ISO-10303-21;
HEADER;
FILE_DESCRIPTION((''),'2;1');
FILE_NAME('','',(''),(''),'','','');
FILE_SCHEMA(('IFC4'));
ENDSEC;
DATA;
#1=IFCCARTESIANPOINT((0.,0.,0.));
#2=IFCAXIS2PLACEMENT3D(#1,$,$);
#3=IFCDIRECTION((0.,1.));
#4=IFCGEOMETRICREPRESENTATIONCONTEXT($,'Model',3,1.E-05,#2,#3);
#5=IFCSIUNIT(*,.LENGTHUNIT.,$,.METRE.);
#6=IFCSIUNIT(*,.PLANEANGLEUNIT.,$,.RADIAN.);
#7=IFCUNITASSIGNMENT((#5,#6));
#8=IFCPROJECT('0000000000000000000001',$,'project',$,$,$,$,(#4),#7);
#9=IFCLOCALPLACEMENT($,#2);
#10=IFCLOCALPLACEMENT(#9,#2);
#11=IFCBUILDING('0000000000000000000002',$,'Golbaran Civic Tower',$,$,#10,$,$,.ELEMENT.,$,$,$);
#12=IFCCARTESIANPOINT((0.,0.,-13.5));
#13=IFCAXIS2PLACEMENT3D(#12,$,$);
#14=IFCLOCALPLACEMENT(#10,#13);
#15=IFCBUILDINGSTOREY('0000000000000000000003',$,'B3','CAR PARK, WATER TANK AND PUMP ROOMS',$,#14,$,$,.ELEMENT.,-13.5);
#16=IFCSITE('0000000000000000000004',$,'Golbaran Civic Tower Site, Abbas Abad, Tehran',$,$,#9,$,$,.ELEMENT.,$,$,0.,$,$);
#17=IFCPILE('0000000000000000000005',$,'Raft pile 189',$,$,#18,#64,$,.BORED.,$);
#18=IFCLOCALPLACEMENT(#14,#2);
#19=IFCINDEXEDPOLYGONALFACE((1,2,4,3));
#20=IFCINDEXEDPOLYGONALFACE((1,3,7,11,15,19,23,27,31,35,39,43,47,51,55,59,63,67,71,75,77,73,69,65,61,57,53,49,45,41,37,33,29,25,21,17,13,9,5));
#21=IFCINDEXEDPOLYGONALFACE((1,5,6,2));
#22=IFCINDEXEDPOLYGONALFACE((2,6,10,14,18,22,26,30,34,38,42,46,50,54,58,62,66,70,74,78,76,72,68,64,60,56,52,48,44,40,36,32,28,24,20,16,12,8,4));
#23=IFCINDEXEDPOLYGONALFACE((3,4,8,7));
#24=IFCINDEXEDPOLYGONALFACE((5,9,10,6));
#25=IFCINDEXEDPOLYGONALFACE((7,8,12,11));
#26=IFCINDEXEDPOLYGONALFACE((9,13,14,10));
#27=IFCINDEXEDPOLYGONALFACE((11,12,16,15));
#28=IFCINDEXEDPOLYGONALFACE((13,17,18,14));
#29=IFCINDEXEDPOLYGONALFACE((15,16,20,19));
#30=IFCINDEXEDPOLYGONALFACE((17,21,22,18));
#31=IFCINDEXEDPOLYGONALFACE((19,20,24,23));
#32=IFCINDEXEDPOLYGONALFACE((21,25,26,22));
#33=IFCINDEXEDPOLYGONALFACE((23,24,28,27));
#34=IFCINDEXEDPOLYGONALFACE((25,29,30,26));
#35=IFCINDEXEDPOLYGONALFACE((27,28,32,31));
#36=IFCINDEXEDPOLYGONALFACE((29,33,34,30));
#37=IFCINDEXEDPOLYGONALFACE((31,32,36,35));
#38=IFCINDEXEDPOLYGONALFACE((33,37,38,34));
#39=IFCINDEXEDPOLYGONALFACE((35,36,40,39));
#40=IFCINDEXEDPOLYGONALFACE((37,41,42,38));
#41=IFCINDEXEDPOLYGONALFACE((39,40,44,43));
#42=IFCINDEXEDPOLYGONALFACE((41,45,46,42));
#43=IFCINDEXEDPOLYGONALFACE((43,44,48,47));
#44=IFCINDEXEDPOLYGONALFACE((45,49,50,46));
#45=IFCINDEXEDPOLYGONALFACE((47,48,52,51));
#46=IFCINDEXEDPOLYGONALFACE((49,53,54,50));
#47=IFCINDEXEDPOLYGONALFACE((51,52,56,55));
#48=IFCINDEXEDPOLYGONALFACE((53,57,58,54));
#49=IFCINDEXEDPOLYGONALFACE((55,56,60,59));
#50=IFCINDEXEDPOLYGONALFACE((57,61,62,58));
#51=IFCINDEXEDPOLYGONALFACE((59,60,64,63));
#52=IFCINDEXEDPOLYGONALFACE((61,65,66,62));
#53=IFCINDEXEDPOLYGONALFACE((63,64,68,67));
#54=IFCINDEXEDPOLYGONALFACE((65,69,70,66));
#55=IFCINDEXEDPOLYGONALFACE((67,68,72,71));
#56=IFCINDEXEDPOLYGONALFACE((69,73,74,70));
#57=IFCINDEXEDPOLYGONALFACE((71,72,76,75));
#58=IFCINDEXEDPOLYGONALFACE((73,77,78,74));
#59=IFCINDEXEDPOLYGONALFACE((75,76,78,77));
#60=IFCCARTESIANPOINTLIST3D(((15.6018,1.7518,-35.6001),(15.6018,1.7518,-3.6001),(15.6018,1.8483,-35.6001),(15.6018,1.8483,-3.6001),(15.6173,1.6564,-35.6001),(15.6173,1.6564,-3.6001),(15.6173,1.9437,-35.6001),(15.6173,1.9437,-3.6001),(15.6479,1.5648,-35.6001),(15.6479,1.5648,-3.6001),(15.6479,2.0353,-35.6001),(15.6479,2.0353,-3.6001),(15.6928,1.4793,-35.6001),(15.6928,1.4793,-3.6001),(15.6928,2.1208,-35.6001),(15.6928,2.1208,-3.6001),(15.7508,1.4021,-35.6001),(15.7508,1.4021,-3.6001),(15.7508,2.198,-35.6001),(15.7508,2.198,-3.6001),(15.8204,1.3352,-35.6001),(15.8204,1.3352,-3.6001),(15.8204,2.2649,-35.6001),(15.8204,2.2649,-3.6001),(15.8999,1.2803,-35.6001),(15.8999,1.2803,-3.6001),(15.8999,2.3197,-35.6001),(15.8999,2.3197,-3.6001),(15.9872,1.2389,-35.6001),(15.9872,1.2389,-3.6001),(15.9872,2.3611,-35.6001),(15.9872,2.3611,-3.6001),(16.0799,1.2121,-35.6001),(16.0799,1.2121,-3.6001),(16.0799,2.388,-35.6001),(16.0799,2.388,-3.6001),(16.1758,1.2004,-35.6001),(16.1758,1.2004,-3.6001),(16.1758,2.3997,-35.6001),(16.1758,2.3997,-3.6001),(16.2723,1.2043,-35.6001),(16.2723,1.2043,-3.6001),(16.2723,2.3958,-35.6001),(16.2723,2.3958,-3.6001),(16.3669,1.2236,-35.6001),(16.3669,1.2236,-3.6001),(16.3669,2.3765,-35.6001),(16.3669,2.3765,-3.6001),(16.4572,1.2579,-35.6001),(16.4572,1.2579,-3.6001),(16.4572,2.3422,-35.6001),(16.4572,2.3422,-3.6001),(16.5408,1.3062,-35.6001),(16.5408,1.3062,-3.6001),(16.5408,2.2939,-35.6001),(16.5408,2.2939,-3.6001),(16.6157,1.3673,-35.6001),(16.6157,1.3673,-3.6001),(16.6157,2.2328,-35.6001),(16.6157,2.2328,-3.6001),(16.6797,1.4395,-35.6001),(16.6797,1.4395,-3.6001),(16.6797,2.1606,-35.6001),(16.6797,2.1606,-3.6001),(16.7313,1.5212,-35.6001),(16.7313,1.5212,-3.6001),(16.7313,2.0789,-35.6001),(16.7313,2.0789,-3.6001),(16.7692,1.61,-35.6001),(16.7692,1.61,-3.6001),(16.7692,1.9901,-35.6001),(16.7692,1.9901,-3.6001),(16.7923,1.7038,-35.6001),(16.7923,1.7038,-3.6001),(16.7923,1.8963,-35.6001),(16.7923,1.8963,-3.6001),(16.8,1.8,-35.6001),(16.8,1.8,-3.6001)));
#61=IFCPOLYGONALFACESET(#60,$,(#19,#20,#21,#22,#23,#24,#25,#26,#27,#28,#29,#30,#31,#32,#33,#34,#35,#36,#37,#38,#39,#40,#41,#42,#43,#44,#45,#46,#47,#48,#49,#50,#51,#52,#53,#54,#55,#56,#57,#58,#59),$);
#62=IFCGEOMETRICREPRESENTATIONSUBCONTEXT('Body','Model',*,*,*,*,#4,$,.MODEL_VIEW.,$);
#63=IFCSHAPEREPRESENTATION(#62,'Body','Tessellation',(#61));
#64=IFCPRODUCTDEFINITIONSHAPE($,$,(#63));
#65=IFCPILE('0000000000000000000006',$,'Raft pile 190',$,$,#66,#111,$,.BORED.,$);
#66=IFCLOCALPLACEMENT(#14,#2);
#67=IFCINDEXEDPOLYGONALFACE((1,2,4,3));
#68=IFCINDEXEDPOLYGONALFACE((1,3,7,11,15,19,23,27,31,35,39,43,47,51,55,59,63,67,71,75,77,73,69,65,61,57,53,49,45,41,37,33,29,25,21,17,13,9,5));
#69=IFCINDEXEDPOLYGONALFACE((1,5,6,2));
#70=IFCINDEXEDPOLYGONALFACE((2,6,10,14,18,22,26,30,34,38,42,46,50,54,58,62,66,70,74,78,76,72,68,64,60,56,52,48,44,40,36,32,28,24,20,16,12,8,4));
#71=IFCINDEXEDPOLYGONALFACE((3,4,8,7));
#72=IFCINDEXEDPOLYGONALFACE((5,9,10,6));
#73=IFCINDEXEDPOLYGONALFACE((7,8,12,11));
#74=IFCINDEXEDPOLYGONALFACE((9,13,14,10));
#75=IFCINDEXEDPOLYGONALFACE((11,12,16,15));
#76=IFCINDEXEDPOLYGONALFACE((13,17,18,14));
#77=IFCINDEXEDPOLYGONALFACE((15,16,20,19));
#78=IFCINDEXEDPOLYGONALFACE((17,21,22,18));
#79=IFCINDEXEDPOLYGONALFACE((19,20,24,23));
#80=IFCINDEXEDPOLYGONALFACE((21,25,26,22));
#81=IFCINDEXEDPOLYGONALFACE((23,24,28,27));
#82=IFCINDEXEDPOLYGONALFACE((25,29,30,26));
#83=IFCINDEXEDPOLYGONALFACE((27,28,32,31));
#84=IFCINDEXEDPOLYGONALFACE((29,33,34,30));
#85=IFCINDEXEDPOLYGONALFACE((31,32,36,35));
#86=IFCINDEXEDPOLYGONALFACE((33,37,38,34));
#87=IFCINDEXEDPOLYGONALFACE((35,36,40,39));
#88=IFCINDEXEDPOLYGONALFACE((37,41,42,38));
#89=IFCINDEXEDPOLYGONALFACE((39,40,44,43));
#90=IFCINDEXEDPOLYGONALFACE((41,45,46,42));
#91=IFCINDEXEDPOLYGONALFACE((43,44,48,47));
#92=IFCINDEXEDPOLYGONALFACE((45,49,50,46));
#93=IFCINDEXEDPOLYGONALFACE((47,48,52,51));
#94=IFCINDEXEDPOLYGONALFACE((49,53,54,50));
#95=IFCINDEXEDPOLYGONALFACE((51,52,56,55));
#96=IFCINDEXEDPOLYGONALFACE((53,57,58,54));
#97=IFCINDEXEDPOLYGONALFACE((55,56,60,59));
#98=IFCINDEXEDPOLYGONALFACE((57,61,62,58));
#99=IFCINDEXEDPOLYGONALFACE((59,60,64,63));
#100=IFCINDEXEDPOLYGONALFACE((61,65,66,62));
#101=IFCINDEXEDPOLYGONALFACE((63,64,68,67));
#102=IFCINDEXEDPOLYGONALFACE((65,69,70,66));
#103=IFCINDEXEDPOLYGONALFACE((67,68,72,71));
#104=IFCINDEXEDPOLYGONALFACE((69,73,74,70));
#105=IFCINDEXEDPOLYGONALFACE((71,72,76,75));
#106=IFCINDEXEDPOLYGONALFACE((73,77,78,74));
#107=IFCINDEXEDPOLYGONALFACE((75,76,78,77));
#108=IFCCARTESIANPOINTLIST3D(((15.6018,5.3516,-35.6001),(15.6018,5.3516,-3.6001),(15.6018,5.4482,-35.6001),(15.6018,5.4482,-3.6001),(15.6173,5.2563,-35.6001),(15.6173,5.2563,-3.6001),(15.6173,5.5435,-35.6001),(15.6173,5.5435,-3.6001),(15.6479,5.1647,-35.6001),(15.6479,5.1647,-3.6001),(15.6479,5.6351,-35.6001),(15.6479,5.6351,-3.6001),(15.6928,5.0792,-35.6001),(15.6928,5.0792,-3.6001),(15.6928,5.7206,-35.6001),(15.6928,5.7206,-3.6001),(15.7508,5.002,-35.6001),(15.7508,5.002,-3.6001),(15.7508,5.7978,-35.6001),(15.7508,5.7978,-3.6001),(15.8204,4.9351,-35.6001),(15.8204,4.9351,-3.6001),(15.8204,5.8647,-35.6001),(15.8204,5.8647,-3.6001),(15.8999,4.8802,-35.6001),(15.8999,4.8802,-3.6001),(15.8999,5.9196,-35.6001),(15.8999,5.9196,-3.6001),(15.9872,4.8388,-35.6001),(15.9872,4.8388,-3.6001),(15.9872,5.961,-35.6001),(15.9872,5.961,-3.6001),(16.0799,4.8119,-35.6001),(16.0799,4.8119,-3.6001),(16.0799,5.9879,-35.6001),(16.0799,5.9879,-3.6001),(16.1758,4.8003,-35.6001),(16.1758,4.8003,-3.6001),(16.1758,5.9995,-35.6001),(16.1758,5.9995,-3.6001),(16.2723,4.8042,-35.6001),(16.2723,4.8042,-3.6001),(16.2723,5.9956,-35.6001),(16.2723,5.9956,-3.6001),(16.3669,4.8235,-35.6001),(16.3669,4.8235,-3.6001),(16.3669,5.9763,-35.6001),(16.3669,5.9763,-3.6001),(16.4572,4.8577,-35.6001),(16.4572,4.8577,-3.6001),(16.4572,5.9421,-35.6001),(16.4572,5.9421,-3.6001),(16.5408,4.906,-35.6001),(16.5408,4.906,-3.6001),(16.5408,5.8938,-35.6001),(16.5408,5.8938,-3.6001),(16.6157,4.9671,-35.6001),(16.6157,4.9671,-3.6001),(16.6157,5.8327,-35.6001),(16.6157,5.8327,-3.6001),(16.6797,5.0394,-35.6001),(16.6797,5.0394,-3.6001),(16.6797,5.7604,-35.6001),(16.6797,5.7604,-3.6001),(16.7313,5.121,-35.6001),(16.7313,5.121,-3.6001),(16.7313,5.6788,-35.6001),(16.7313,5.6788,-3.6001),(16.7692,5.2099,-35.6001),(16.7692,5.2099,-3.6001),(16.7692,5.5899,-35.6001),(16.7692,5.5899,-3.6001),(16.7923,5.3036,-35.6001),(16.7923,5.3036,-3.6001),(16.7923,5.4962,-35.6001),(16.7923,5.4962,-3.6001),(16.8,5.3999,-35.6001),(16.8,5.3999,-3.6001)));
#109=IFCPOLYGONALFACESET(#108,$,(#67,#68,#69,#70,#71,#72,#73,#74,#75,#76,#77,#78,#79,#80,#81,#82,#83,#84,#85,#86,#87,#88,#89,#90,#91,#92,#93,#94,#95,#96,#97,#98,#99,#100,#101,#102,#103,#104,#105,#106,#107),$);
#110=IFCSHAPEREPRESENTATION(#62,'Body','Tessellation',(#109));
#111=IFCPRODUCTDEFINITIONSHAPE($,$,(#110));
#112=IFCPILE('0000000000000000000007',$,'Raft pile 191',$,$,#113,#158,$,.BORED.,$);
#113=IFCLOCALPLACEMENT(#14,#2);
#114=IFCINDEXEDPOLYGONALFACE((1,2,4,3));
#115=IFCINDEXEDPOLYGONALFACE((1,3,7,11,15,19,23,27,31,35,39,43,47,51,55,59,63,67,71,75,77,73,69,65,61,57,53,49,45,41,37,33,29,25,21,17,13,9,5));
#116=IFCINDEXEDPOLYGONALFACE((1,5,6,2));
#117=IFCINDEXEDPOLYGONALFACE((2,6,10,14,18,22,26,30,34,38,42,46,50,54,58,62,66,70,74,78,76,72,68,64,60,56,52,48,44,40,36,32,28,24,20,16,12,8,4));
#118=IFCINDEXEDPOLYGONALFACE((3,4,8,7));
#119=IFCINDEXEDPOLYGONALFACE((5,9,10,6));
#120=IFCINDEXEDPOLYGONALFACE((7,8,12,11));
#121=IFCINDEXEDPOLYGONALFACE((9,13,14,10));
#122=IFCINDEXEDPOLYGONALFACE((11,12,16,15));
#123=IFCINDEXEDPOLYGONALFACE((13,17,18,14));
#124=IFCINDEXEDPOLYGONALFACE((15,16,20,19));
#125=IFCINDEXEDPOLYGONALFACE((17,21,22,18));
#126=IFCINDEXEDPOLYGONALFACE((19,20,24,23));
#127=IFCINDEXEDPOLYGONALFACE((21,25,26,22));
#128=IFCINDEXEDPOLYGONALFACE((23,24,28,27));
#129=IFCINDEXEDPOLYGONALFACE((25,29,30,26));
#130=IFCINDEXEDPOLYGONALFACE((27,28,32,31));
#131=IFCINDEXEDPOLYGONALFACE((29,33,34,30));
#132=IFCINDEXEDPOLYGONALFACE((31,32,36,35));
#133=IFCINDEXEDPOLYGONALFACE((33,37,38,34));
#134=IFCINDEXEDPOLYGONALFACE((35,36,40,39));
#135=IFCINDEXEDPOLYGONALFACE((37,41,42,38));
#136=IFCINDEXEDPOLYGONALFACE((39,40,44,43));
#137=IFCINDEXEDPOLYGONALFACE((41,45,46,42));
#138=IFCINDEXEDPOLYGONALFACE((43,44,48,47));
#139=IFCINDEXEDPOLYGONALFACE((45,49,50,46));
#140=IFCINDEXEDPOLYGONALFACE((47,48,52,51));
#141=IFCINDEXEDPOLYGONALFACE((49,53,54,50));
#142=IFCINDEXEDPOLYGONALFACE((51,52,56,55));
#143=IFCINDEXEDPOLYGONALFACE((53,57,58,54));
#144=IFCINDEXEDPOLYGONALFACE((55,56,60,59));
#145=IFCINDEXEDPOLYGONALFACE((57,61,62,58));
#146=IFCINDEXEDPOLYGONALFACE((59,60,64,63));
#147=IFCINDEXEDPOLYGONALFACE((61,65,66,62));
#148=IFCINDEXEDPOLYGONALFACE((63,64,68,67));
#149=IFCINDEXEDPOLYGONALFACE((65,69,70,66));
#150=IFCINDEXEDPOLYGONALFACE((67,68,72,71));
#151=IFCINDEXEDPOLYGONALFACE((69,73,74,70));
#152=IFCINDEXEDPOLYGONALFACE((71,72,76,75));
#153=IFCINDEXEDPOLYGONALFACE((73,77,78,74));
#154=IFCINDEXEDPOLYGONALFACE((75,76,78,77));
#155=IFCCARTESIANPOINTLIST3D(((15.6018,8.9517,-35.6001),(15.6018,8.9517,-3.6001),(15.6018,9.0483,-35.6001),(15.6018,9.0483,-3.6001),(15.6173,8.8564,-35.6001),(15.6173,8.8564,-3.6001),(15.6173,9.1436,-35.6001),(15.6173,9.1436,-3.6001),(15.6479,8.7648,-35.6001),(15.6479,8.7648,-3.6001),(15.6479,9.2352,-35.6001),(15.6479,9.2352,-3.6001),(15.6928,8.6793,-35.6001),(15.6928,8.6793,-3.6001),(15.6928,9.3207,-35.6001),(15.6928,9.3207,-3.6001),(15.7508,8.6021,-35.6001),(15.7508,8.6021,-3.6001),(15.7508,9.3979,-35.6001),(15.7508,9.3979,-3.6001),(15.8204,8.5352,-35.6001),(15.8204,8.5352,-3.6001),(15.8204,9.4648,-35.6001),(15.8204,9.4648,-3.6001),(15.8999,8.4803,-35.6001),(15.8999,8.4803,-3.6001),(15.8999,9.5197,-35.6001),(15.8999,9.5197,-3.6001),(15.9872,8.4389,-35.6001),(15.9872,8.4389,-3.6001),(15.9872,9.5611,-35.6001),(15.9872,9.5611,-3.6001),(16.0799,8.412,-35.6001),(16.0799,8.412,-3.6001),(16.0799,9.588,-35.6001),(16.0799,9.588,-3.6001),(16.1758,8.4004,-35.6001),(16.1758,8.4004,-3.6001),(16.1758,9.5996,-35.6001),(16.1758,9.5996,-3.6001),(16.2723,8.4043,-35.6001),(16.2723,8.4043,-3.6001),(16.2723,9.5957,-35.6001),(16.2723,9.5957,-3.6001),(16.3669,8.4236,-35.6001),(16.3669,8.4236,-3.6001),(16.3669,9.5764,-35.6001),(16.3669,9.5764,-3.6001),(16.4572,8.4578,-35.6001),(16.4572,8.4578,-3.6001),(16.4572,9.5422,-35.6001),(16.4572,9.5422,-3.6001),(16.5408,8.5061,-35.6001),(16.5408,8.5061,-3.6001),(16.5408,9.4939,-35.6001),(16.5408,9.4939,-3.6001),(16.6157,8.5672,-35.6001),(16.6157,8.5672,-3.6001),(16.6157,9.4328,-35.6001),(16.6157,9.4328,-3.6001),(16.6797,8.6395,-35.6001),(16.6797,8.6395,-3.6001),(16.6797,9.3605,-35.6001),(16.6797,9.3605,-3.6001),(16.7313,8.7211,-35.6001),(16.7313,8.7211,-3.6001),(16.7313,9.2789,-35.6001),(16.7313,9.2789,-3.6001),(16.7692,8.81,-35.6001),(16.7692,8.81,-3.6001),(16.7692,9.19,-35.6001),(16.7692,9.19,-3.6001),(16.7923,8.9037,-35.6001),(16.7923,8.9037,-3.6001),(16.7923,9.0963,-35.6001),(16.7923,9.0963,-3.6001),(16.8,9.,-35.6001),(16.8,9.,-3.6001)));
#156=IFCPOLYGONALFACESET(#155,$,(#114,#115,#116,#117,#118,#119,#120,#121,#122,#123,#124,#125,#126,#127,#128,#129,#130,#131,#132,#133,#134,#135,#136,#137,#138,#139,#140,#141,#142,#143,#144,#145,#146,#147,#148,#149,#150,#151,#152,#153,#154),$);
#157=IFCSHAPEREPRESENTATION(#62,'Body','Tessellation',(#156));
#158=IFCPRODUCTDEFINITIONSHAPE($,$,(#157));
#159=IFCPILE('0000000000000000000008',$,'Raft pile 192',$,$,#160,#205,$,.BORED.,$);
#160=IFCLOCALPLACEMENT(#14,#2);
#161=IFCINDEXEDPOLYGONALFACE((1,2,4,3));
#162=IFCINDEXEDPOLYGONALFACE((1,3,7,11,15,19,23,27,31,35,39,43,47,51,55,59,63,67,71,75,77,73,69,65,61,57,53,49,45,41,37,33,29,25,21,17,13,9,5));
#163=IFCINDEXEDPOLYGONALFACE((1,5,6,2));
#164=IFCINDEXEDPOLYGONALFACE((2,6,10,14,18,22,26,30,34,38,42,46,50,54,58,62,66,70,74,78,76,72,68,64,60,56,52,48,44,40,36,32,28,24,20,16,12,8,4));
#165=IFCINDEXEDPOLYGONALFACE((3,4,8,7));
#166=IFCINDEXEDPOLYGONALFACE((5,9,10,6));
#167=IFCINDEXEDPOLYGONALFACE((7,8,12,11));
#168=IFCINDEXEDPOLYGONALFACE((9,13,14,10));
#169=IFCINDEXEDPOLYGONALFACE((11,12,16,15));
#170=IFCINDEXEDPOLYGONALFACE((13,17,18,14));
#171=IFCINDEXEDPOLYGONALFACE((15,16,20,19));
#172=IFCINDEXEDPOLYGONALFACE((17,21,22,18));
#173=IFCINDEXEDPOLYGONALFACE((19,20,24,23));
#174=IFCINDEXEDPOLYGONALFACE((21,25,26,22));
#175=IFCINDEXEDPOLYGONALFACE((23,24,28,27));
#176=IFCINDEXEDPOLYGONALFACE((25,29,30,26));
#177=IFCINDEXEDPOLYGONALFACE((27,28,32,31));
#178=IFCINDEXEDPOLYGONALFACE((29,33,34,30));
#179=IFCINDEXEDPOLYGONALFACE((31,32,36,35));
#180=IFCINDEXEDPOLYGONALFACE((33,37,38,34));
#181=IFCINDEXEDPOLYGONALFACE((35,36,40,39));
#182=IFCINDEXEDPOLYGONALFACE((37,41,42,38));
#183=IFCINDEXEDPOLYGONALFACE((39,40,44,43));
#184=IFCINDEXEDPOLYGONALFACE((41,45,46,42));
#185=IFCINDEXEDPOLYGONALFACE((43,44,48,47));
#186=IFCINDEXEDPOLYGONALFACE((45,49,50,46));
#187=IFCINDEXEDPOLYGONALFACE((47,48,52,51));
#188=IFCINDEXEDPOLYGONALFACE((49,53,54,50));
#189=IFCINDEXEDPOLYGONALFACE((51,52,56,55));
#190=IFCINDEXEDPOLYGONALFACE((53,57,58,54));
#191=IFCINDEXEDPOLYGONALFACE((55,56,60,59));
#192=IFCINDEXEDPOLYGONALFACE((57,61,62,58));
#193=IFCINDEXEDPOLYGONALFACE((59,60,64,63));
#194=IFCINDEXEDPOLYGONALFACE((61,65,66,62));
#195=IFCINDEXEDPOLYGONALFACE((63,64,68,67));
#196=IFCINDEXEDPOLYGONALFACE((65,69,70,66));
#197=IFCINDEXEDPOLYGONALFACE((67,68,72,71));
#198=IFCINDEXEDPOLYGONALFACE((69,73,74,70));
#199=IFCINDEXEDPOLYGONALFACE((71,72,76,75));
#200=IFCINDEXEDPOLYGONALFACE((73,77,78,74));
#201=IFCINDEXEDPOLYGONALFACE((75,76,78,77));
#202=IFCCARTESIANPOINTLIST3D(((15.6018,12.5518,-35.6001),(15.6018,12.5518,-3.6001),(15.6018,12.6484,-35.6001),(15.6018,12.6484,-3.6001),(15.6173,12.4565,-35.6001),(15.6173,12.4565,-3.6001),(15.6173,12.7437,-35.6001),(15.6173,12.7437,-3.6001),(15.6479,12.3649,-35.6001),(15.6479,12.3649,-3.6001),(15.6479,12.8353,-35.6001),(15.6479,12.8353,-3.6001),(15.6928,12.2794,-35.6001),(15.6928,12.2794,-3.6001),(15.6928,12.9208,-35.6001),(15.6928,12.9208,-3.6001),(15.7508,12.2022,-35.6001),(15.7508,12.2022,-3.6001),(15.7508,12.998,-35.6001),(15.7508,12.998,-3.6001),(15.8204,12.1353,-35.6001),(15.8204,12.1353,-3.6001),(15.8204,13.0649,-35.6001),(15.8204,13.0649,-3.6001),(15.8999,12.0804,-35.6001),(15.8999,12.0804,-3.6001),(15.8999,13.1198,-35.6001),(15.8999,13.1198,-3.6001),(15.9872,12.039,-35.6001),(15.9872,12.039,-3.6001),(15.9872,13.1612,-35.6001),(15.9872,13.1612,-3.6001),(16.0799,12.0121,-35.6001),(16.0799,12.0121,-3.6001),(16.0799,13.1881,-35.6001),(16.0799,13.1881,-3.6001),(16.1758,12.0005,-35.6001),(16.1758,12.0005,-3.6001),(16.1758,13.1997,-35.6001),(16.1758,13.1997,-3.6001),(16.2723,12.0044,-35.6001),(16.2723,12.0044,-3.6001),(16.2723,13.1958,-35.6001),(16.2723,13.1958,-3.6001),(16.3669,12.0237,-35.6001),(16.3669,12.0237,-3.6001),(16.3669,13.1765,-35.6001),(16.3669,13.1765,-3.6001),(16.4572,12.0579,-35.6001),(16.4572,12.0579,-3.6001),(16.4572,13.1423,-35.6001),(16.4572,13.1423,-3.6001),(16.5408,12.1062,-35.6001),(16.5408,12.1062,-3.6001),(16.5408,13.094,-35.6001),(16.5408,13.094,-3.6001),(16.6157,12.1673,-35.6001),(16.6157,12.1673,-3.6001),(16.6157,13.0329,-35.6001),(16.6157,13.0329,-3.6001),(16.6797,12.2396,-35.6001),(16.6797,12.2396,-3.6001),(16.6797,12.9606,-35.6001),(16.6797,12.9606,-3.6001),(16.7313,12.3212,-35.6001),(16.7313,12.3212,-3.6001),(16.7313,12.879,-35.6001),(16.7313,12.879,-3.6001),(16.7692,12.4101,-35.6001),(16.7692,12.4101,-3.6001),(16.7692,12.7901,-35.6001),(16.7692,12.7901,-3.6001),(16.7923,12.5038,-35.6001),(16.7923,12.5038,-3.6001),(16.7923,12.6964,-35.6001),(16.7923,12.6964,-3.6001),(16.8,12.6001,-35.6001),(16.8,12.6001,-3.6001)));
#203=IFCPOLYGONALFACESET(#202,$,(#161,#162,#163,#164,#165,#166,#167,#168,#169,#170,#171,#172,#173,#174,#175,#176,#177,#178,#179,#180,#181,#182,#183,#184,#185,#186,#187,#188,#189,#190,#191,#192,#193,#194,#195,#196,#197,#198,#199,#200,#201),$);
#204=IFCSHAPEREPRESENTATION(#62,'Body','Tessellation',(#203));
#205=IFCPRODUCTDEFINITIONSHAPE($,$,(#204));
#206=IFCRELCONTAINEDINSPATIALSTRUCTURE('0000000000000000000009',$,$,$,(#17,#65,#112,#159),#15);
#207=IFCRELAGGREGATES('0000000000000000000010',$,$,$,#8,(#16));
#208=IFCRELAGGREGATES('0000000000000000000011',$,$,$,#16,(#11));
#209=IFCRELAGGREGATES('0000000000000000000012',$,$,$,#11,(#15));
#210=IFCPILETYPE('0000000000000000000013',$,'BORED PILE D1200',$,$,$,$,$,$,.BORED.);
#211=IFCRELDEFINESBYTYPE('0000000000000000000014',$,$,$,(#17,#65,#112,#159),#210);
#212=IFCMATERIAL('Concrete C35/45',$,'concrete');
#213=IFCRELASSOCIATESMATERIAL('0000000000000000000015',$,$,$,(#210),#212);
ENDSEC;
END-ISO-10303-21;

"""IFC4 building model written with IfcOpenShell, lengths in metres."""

from ifc_helpers import new_model, si_unit, direction, frame, origin, origin_2d, place, context, subcontext, project, spatial, circle, extrude, material, material_profile, profile_set, type_object, element, save


model = new_model("IFC4")

# Units and contexts
model_context = context("Model", 3, precision=1e-05, world=origin(), true_north=direction((0.0, 1.0)))
body_context = subcontext(model_context, "Body", "Model", "MODEL_VIEW")
ifc_project = project(units=[si_unit("LENGTHUNIT", "METRE"), si_unit("PLANEANGLEUNIT", "RADIAN")], contexts=[model_context])

# Site, building, storey
site_placement = place(None, origin())
site = spatial("IfcSite", under=ifc_project, at=site_placement, Name="Golbaran Civic Tower Site, Abbas Abad, Tehran", CompositionType="ELEMENT", RefElevation=0.0)
building_placement = place(site_placement, origin())
building = spatial("IfcBuilding", under=site, at=building_placement, Name="Golbaran Civic Tower", CompositionType="ELEMENT")
storey_placement = place(building_placement, frame((0.0, 0.0, -13.5)))
storey = spatial("IfcBuildingStorey", under=building, at=storey_placement, Name="B3", Description="CAR PARK, WATER TANK AND PUMP ROOMS", CompositionType="ELEMENT", Elevation=-13.5)

# Piles
ifc_material_1 = material(Name="Concrete C35/45", Category="concrete")
ifc_material_profile_1 = material_profile(ifc_material_1, circle(Radius=0.6001, at=origin_2d()), Name="BORED PILE D1200")
ifc_profile_set_1 = profile_set([ifc_material_profile_1], Name="Concrete C35/45")
pile_type = type_object("IfcPileType", Name="BORED PILE D1200", PredefinedType="BORED", material=ifc_profile_set_1)
for number, where, z_axis, x_axis, name in (
    (1, (16.2, 1.8, -3.6001), (0.0, 0.0, -1.0), (1.0, 0.0, 0.0), "Raft pile 189"),
    (2, (16.2, 5.3999, -3.6001), (0.0, 0.0, -1.0), (1.0, 0.0, 0.0), "Raft pile 190"),
    (3, (16.2, 9.0, -3.6001), (0.0, 0.0, -1.0), (1.0, 0.0, 0.0), "Raft pile 191"),
    (4, (16.2, 12.6001, -3.6001), (0.0, 0.0, -1.0), (1.0, 0.0, 0.0), "Raft pile 192"),
):
    element("IfcPile", number, at=place(storey_placement, frame(where, z_axis=z_axis, x_axis=x_axis)), inside=storey, type_object=pile_type, Name=name, PredefinedType="BORED", context=body_context, shape_type="SweptSolid", body=[
        extrude(circle(Radius=0.6001, at=origin_2d()), origin(), (0.0, 0.0, 1.0), 32.0),
    ])

save(model, "model.ifc")
